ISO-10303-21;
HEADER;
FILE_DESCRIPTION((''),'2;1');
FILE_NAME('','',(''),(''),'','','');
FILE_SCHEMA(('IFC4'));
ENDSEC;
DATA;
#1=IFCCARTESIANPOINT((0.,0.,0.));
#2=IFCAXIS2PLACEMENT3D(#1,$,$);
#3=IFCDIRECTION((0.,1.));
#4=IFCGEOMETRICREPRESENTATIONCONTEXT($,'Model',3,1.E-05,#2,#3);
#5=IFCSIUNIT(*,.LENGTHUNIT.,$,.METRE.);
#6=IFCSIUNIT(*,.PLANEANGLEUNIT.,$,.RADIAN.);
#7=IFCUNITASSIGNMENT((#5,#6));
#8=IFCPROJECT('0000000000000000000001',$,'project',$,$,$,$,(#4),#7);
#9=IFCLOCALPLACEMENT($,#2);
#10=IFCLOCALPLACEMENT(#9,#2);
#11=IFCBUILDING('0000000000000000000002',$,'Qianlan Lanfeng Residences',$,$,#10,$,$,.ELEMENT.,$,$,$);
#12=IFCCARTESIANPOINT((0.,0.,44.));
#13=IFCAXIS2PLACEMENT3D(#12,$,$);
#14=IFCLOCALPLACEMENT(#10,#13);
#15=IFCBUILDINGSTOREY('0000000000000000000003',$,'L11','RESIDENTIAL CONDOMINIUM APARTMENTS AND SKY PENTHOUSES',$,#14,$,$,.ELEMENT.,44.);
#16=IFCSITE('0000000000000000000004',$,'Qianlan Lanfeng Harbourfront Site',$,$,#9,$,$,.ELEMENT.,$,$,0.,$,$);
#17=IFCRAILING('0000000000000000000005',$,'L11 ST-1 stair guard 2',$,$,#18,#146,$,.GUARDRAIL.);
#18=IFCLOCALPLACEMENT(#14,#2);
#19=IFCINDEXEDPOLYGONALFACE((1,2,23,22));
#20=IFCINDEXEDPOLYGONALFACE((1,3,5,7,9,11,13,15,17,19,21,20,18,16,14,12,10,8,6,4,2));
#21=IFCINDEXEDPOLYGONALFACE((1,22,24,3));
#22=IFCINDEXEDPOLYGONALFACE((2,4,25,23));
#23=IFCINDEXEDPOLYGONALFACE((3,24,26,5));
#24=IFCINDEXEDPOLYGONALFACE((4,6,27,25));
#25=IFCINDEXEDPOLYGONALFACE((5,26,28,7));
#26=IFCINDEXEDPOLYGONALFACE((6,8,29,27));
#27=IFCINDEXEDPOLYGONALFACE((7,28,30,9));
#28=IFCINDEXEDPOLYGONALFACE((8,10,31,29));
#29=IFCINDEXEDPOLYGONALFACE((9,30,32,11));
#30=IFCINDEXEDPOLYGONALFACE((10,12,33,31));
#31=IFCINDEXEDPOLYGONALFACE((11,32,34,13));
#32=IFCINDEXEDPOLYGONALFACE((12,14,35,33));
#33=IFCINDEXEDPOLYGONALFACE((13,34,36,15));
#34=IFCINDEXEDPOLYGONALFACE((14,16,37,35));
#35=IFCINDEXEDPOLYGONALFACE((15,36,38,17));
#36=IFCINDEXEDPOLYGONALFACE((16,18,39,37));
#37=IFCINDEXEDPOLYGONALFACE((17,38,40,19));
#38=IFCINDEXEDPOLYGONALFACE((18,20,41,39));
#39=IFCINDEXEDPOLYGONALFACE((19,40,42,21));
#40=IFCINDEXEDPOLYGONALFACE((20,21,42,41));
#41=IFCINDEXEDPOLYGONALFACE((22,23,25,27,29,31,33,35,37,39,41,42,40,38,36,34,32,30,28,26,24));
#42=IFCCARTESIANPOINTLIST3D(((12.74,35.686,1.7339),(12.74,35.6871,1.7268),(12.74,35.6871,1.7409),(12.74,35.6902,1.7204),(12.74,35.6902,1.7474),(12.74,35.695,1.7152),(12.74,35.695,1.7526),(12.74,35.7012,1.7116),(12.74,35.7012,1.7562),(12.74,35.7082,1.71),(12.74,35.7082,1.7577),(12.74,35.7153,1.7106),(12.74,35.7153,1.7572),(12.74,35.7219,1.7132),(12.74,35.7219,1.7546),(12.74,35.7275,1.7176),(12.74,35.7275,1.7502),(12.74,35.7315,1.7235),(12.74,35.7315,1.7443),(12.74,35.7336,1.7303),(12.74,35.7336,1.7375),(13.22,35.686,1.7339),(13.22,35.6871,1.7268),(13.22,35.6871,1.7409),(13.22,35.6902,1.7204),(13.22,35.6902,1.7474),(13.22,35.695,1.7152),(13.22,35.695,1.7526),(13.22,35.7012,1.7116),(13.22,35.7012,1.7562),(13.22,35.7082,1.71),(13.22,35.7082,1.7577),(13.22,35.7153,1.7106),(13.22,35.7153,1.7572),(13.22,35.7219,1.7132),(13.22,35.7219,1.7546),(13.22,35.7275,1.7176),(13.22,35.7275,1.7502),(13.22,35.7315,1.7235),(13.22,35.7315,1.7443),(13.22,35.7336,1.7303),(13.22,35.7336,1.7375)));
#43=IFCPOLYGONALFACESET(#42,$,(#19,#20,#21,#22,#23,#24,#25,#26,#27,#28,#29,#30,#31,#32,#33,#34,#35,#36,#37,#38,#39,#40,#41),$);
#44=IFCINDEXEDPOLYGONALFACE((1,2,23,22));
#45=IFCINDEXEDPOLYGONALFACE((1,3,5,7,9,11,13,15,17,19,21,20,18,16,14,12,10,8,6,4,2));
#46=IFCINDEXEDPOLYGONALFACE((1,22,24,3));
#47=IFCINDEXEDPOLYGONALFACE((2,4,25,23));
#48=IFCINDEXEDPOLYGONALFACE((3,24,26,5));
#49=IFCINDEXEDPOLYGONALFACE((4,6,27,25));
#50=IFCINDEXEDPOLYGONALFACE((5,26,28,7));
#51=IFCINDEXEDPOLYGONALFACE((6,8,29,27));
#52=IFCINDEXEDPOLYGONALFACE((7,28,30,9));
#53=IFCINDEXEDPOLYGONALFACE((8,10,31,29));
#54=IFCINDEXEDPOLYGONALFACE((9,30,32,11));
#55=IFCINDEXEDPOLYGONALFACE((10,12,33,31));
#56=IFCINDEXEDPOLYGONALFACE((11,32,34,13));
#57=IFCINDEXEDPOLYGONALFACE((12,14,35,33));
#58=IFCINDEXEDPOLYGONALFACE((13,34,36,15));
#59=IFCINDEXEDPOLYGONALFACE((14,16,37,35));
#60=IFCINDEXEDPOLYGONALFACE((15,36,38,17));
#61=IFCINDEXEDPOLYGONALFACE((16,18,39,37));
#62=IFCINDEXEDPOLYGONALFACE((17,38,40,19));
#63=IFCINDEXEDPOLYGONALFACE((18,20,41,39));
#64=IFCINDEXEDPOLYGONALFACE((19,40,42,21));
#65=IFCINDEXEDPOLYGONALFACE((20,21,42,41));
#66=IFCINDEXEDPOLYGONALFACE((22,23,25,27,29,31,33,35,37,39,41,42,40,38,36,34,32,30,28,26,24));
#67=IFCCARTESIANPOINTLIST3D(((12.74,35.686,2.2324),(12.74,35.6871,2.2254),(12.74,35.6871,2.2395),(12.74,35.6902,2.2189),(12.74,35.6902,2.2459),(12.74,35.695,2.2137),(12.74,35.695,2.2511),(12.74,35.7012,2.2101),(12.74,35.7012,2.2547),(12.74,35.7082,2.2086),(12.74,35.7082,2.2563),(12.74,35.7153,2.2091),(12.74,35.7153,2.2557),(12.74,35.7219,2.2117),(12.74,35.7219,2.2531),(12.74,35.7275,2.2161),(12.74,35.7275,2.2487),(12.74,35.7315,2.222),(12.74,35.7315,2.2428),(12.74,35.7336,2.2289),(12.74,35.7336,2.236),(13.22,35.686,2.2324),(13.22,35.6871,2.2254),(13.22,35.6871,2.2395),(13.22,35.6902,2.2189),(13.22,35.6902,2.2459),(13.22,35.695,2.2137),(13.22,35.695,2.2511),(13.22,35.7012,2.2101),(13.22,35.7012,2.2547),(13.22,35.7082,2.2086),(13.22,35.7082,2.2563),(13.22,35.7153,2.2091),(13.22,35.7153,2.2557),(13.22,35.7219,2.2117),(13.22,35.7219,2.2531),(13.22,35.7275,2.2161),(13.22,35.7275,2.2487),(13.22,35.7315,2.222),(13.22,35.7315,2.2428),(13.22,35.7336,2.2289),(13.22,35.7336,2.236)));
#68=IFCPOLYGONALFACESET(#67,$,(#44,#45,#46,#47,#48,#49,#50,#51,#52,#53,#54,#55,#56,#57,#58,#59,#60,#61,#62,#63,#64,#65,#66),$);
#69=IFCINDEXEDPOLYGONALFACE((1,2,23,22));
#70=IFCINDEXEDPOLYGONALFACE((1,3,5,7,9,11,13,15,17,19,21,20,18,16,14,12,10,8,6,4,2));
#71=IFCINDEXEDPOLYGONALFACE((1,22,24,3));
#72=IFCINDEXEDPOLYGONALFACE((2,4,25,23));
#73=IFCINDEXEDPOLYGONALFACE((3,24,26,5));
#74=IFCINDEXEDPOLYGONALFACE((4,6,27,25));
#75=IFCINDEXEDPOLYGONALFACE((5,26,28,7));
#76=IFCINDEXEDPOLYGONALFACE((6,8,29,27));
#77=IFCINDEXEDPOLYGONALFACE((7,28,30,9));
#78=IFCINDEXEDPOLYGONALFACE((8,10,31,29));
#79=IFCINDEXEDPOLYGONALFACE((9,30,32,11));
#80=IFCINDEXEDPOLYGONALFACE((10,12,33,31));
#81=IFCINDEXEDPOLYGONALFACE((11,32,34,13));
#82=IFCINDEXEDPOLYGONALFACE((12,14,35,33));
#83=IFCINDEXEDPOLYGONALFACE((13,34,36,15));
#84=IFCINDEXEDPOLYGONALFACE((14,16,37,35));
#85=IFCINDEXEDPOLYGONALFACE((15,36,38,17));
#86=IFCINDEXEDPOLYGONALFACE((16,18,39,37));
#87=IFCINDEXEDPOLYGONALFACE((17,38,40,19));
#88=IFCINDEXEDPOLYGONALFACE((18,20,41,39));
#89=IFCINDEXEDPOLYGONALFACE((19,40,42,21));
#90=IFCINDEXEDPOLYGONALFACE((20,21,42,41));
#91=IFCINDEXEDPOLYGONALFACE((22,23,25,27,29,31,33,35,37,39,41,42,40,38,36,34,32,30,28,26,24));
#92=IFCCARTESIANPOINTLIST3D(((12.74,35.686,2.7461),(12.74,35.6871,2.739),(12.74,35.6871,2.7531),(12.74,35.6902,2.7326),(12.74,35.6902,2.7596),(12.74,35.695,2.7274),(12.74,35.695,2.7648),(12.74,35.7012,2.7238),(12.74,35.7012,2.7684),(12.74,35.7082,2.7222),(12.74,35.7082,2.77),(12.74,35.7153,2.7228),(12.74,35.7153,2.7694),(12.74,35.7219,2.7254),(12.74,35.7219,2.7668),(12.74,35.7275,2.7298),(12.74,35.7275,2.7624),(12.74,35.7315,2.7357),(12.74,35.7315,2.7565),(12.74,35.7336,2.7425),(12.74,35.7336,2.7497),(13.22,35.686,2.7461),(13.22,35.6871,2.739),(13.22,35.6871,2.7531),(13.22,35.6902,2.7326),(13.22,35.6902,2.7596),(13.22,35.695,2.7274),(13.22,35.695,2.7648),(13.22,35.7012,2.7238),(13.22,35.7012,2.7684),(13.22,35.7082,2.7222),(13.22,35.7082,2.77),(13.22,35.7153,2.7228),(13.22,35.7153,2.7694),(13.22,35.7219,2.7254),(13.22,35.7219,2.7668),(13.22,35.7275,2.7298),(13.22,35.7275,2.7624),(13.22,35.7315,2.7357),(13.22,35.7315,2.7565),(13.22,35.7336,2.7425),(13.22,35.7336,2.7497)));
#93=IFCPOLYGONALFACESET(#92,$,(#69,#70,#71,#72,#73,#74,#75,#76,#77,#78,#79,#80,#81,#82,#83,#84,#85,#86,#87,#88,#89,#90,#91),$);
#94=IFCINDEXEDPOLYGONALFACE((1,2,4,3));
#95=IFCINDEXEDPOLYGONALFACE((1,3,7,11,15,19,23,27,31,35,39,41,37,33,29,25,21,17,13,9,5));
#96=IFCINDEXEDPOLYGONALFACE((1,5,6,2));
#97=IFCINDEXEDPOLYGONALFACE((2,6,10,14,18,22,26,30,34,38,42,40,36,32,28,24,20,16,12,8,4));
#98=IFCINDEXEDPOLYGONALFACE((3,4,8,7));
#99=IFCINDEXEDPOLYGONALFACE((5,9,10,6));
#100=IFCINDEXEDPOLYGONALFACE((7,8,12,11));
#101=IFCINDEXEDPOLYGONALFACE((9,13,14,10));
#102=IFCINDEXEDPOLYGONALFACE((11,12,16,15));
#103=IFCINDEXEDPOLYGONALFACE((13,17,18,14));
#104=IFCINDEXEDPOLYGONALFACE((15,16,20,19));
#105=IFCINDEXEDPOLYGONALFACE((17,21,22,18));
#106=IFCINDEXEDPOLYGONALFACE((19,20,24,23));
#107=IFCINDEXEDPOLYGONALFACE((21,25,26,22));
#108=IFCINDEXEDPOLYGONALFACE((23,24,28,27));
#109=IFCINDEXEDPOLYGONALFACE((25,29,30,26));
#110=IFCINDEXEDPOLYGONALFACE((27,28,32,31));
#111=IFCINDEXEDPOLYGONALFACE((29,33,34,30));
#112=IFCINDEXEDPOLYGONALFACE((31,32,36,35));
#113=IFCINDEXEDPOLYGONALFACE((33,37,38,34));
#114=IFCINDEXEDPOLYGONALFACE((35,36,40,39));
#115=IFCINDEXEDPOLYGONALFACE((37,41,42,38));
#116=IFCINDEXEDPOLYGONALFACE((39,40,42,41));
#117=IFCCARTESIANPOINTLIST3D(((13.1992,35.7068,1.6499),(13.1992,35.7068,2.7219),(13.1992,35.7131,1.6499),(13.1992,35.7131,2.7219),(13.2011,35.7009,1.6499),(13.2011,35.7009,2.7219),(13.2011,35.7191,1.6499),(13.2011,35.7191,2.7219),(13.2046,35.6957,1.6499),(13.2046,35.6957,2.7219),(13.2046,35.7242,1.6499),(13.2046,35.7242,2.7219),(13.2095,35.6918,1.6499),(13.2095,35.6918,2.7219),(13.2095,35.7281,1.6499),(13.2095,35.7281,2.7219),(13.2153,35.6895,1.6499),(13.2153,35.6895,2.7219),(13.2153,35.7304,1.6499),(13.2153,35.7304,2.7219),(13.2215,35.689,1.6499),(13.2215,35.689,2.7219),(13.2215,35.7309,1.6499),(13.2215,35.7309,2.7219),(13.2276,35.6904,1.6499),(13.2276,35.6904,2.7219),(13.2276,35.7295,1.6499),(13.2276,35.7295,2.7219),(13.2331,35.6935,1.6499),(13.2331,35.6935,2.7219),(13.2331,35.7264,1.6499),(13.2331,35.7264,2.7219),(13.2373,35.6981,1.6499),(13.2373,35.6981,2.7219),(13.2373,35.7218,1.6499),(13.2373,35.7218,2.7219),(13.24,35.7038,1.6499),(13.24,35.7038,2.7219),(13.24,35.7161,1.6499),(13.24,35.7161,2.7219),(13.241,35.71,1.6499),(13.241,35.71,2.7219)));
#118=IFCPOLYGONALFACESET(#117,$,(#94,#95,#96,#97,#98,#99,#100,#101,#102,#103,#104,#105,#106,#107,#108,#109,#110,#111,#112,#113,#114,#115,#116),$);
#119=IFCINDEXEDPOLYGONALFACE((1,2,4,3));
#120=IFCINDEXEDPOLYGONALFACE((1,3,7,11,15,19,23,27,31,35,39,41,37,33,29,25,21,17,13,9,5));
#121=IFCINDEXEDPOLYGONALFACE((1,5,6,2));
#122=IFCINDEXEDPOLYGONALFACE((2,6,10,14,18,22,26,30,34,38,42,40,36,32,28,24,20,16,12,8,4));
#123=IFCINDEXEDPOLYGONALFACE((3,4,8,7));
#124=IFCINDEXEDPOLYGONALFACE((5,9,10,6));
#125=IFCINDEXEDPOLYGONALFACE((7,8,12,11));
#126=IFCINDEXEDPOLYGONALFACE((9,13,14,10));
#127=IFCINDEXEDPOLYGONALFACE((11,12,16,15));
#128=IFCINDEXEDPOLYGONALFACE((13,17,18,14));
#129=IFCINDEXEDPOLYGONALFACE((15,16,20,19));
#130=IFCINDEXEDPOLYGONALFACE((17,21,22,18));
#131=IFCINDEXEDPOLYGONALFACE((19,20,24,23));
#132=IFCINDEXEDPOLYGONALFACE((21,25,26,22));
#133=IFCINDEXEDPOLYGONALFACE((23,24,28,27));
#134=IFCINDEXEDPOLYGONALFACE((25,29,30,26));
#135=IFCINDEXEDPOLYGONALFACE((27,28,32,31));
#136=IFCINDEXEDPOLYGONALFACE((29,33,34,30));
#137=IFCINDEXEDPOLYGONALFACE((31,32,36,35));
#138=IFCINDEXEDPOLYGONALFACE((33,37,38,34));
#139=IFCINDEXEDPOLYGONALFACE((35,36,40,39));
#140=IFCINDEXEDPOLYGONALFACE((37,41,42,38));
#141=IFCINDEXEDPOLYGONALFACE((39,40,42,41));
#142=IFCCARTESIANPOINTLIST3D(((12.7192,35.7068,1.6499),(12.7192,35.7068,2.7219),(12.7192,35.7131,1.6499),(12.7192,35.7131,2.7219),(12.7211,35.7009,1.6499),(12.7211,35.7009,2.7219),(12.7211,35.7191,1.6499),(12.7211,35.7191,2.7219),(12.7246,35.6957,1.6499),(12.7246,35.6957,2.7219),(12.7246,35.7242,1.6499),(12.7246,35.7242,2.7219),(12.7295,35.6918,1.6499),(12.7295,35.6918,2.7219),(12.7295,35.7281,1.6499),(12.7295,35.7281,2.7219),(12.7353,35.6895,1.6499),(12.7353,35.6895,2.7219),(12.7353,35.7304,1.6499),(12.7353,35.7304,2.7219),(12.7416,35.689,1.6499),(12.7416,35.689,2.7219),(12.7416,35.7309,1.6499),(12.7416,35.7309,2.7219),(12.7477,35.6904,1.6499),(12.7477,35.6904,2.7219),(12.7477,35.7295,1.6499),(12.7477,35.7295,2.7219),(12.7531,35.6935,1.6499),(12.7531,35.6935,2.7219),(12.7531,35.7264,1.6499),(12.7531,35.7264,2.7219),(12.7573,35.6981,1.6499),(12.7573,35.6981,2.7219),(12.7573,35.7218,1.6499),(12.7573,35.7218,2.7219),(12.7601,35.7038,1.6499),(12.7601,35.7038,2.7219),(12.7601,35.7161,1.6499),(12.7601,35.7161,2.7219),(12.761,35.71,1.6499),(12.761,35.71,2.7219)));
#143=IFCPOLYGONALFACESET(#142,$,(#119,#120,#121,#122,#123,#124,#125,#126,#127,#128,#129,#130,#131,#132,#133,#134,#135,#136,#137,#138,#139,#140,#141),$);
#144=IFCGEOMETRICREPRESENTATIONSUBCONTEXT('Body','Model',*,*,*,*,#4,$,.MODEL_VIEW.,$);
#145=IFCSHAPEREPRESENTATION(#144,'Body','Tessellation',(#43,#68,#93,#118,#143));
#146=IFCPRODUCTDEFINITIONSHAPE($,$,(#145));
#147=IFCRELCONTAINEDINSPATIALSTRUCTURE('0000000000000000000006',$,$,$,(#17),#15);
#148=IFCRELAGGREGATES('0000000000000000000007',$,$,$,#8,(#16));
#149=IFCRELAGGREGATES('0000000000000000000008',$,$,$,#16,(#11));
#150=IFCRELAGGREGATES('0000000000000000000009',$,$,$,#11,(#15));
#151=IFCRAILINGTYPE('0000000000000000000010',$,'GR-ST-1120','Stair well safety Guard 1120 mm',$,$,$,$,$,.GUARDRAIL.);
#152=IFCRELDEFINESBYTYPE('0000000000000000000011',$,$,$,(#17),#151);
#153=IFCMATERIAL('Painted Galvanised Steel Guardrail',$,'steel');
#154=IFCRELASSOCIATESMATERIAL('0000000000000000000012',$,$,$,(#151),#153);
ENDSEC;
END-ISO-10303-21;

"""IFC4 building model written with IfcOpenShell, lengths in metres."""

from ifc_helpers import new_model, si_unit, direction, frame, origin, origin_2d, place, context, subcontext, project, spatial, circle, extrude, material, type_object, element, save


model = new_model("IFC4")

# Units and contexts
model_context = context("Model", 3, precision=1e-05, world=origin(), true_north=direction((0.0, 1.0)))
body_context = subcontext(model_context, "Body", "Model", "MODEL_VIEW")
ifc_project = project(units=[si_unit("LENGTHUNIT", "METRE"), si_unit("PLANEANGLEUNIT", "RADIAN")], contexts=[model_context])

# Site, building, storey
site_placement = place(None, origin())
site = spatial("IfcSite", under=ifc_project, at=site_placement, Name="Qianlan Lanfeng Harbourfront Site", CompositionType="ELEMENT", RefElevation=0.0)
building_placement = place(site_placement, origin())
building = spatial("IfcBuilding", under=site, at=building_placement, Name="Qianlan Lanfeng Residences", CompositionType="ELEMENT")
storey_placement = place(building_placement, frame((0.0, 0.0, 44.0)))
storey = spatial("IfcBuildingStorey", under=building, at=storey_placement, Name="L11", Description="RESIDENTIAL CONDOMINIUM APARTMENTS AND SKY PENTHOUSES", CompositionType="ELEMENT", Elevation=44.0)

# Railing
ifc_material_1 = material(Name="Painted Galvanised Steel Guardrail", Category="steel")
railing_type_1 = type_object("IfcRailingType", Name="GR-ST-1120", Description="Stair well safety Guard 1120 mm", PredefinedType="GUARDRAIL", material=ifc_material_1)
railing_1_placement = place(storey_placement, frame((13.22, 35.71, 1.6499)))
element("IfcRailing", 1, at=railing_1_placement, inside=storey, type_object=railing_type_1, Name="L11 ST-1 stair guard 2", PredefinedType="GUARDRAIL", context=body_context, shape_type="SweptSolid", body=[
    extrude(circle(Radius=0.0239, at=origin_2d()), frame((0.0, 0.0, 0.084), z_axis=(-1.0, 0.0, 0.0), x_axis=(0.0, -1.0, 0.0)), (0.0, 0.0, 1.0), 0.48),
    extrude(circle(Radius=0.0239, at=origin_2d()), frame((0.0, 0.0, 0.5825), z_axis=(-1.0, 0.0, 0.0), x_axis=(0.0, -1.0, 0.0)), (0.0, 0.0, 1.0), 0.48),
    extrude(circle(Radius=0.0239, at=origin_2d()), frame((0.0, 0.0, 1.0962), z_axis=(-1.0, 0.0, 0.0), x_axis=(0.0, -1.0, 0.0)), (0.0, 0.0, 1.0), 0.48),
    extrude(circle(Radius=0.021, at=origin_2d()), origin(), (0.0, 0.0, 1.0), 1.072),
    extrude(circle(Radius=0.021, at=origin_2d()), frame((-0.48, 0.0, 0.0)), (0.0, 0.0, 1.0), 1.072),
])

save(model, "model.ifc")
